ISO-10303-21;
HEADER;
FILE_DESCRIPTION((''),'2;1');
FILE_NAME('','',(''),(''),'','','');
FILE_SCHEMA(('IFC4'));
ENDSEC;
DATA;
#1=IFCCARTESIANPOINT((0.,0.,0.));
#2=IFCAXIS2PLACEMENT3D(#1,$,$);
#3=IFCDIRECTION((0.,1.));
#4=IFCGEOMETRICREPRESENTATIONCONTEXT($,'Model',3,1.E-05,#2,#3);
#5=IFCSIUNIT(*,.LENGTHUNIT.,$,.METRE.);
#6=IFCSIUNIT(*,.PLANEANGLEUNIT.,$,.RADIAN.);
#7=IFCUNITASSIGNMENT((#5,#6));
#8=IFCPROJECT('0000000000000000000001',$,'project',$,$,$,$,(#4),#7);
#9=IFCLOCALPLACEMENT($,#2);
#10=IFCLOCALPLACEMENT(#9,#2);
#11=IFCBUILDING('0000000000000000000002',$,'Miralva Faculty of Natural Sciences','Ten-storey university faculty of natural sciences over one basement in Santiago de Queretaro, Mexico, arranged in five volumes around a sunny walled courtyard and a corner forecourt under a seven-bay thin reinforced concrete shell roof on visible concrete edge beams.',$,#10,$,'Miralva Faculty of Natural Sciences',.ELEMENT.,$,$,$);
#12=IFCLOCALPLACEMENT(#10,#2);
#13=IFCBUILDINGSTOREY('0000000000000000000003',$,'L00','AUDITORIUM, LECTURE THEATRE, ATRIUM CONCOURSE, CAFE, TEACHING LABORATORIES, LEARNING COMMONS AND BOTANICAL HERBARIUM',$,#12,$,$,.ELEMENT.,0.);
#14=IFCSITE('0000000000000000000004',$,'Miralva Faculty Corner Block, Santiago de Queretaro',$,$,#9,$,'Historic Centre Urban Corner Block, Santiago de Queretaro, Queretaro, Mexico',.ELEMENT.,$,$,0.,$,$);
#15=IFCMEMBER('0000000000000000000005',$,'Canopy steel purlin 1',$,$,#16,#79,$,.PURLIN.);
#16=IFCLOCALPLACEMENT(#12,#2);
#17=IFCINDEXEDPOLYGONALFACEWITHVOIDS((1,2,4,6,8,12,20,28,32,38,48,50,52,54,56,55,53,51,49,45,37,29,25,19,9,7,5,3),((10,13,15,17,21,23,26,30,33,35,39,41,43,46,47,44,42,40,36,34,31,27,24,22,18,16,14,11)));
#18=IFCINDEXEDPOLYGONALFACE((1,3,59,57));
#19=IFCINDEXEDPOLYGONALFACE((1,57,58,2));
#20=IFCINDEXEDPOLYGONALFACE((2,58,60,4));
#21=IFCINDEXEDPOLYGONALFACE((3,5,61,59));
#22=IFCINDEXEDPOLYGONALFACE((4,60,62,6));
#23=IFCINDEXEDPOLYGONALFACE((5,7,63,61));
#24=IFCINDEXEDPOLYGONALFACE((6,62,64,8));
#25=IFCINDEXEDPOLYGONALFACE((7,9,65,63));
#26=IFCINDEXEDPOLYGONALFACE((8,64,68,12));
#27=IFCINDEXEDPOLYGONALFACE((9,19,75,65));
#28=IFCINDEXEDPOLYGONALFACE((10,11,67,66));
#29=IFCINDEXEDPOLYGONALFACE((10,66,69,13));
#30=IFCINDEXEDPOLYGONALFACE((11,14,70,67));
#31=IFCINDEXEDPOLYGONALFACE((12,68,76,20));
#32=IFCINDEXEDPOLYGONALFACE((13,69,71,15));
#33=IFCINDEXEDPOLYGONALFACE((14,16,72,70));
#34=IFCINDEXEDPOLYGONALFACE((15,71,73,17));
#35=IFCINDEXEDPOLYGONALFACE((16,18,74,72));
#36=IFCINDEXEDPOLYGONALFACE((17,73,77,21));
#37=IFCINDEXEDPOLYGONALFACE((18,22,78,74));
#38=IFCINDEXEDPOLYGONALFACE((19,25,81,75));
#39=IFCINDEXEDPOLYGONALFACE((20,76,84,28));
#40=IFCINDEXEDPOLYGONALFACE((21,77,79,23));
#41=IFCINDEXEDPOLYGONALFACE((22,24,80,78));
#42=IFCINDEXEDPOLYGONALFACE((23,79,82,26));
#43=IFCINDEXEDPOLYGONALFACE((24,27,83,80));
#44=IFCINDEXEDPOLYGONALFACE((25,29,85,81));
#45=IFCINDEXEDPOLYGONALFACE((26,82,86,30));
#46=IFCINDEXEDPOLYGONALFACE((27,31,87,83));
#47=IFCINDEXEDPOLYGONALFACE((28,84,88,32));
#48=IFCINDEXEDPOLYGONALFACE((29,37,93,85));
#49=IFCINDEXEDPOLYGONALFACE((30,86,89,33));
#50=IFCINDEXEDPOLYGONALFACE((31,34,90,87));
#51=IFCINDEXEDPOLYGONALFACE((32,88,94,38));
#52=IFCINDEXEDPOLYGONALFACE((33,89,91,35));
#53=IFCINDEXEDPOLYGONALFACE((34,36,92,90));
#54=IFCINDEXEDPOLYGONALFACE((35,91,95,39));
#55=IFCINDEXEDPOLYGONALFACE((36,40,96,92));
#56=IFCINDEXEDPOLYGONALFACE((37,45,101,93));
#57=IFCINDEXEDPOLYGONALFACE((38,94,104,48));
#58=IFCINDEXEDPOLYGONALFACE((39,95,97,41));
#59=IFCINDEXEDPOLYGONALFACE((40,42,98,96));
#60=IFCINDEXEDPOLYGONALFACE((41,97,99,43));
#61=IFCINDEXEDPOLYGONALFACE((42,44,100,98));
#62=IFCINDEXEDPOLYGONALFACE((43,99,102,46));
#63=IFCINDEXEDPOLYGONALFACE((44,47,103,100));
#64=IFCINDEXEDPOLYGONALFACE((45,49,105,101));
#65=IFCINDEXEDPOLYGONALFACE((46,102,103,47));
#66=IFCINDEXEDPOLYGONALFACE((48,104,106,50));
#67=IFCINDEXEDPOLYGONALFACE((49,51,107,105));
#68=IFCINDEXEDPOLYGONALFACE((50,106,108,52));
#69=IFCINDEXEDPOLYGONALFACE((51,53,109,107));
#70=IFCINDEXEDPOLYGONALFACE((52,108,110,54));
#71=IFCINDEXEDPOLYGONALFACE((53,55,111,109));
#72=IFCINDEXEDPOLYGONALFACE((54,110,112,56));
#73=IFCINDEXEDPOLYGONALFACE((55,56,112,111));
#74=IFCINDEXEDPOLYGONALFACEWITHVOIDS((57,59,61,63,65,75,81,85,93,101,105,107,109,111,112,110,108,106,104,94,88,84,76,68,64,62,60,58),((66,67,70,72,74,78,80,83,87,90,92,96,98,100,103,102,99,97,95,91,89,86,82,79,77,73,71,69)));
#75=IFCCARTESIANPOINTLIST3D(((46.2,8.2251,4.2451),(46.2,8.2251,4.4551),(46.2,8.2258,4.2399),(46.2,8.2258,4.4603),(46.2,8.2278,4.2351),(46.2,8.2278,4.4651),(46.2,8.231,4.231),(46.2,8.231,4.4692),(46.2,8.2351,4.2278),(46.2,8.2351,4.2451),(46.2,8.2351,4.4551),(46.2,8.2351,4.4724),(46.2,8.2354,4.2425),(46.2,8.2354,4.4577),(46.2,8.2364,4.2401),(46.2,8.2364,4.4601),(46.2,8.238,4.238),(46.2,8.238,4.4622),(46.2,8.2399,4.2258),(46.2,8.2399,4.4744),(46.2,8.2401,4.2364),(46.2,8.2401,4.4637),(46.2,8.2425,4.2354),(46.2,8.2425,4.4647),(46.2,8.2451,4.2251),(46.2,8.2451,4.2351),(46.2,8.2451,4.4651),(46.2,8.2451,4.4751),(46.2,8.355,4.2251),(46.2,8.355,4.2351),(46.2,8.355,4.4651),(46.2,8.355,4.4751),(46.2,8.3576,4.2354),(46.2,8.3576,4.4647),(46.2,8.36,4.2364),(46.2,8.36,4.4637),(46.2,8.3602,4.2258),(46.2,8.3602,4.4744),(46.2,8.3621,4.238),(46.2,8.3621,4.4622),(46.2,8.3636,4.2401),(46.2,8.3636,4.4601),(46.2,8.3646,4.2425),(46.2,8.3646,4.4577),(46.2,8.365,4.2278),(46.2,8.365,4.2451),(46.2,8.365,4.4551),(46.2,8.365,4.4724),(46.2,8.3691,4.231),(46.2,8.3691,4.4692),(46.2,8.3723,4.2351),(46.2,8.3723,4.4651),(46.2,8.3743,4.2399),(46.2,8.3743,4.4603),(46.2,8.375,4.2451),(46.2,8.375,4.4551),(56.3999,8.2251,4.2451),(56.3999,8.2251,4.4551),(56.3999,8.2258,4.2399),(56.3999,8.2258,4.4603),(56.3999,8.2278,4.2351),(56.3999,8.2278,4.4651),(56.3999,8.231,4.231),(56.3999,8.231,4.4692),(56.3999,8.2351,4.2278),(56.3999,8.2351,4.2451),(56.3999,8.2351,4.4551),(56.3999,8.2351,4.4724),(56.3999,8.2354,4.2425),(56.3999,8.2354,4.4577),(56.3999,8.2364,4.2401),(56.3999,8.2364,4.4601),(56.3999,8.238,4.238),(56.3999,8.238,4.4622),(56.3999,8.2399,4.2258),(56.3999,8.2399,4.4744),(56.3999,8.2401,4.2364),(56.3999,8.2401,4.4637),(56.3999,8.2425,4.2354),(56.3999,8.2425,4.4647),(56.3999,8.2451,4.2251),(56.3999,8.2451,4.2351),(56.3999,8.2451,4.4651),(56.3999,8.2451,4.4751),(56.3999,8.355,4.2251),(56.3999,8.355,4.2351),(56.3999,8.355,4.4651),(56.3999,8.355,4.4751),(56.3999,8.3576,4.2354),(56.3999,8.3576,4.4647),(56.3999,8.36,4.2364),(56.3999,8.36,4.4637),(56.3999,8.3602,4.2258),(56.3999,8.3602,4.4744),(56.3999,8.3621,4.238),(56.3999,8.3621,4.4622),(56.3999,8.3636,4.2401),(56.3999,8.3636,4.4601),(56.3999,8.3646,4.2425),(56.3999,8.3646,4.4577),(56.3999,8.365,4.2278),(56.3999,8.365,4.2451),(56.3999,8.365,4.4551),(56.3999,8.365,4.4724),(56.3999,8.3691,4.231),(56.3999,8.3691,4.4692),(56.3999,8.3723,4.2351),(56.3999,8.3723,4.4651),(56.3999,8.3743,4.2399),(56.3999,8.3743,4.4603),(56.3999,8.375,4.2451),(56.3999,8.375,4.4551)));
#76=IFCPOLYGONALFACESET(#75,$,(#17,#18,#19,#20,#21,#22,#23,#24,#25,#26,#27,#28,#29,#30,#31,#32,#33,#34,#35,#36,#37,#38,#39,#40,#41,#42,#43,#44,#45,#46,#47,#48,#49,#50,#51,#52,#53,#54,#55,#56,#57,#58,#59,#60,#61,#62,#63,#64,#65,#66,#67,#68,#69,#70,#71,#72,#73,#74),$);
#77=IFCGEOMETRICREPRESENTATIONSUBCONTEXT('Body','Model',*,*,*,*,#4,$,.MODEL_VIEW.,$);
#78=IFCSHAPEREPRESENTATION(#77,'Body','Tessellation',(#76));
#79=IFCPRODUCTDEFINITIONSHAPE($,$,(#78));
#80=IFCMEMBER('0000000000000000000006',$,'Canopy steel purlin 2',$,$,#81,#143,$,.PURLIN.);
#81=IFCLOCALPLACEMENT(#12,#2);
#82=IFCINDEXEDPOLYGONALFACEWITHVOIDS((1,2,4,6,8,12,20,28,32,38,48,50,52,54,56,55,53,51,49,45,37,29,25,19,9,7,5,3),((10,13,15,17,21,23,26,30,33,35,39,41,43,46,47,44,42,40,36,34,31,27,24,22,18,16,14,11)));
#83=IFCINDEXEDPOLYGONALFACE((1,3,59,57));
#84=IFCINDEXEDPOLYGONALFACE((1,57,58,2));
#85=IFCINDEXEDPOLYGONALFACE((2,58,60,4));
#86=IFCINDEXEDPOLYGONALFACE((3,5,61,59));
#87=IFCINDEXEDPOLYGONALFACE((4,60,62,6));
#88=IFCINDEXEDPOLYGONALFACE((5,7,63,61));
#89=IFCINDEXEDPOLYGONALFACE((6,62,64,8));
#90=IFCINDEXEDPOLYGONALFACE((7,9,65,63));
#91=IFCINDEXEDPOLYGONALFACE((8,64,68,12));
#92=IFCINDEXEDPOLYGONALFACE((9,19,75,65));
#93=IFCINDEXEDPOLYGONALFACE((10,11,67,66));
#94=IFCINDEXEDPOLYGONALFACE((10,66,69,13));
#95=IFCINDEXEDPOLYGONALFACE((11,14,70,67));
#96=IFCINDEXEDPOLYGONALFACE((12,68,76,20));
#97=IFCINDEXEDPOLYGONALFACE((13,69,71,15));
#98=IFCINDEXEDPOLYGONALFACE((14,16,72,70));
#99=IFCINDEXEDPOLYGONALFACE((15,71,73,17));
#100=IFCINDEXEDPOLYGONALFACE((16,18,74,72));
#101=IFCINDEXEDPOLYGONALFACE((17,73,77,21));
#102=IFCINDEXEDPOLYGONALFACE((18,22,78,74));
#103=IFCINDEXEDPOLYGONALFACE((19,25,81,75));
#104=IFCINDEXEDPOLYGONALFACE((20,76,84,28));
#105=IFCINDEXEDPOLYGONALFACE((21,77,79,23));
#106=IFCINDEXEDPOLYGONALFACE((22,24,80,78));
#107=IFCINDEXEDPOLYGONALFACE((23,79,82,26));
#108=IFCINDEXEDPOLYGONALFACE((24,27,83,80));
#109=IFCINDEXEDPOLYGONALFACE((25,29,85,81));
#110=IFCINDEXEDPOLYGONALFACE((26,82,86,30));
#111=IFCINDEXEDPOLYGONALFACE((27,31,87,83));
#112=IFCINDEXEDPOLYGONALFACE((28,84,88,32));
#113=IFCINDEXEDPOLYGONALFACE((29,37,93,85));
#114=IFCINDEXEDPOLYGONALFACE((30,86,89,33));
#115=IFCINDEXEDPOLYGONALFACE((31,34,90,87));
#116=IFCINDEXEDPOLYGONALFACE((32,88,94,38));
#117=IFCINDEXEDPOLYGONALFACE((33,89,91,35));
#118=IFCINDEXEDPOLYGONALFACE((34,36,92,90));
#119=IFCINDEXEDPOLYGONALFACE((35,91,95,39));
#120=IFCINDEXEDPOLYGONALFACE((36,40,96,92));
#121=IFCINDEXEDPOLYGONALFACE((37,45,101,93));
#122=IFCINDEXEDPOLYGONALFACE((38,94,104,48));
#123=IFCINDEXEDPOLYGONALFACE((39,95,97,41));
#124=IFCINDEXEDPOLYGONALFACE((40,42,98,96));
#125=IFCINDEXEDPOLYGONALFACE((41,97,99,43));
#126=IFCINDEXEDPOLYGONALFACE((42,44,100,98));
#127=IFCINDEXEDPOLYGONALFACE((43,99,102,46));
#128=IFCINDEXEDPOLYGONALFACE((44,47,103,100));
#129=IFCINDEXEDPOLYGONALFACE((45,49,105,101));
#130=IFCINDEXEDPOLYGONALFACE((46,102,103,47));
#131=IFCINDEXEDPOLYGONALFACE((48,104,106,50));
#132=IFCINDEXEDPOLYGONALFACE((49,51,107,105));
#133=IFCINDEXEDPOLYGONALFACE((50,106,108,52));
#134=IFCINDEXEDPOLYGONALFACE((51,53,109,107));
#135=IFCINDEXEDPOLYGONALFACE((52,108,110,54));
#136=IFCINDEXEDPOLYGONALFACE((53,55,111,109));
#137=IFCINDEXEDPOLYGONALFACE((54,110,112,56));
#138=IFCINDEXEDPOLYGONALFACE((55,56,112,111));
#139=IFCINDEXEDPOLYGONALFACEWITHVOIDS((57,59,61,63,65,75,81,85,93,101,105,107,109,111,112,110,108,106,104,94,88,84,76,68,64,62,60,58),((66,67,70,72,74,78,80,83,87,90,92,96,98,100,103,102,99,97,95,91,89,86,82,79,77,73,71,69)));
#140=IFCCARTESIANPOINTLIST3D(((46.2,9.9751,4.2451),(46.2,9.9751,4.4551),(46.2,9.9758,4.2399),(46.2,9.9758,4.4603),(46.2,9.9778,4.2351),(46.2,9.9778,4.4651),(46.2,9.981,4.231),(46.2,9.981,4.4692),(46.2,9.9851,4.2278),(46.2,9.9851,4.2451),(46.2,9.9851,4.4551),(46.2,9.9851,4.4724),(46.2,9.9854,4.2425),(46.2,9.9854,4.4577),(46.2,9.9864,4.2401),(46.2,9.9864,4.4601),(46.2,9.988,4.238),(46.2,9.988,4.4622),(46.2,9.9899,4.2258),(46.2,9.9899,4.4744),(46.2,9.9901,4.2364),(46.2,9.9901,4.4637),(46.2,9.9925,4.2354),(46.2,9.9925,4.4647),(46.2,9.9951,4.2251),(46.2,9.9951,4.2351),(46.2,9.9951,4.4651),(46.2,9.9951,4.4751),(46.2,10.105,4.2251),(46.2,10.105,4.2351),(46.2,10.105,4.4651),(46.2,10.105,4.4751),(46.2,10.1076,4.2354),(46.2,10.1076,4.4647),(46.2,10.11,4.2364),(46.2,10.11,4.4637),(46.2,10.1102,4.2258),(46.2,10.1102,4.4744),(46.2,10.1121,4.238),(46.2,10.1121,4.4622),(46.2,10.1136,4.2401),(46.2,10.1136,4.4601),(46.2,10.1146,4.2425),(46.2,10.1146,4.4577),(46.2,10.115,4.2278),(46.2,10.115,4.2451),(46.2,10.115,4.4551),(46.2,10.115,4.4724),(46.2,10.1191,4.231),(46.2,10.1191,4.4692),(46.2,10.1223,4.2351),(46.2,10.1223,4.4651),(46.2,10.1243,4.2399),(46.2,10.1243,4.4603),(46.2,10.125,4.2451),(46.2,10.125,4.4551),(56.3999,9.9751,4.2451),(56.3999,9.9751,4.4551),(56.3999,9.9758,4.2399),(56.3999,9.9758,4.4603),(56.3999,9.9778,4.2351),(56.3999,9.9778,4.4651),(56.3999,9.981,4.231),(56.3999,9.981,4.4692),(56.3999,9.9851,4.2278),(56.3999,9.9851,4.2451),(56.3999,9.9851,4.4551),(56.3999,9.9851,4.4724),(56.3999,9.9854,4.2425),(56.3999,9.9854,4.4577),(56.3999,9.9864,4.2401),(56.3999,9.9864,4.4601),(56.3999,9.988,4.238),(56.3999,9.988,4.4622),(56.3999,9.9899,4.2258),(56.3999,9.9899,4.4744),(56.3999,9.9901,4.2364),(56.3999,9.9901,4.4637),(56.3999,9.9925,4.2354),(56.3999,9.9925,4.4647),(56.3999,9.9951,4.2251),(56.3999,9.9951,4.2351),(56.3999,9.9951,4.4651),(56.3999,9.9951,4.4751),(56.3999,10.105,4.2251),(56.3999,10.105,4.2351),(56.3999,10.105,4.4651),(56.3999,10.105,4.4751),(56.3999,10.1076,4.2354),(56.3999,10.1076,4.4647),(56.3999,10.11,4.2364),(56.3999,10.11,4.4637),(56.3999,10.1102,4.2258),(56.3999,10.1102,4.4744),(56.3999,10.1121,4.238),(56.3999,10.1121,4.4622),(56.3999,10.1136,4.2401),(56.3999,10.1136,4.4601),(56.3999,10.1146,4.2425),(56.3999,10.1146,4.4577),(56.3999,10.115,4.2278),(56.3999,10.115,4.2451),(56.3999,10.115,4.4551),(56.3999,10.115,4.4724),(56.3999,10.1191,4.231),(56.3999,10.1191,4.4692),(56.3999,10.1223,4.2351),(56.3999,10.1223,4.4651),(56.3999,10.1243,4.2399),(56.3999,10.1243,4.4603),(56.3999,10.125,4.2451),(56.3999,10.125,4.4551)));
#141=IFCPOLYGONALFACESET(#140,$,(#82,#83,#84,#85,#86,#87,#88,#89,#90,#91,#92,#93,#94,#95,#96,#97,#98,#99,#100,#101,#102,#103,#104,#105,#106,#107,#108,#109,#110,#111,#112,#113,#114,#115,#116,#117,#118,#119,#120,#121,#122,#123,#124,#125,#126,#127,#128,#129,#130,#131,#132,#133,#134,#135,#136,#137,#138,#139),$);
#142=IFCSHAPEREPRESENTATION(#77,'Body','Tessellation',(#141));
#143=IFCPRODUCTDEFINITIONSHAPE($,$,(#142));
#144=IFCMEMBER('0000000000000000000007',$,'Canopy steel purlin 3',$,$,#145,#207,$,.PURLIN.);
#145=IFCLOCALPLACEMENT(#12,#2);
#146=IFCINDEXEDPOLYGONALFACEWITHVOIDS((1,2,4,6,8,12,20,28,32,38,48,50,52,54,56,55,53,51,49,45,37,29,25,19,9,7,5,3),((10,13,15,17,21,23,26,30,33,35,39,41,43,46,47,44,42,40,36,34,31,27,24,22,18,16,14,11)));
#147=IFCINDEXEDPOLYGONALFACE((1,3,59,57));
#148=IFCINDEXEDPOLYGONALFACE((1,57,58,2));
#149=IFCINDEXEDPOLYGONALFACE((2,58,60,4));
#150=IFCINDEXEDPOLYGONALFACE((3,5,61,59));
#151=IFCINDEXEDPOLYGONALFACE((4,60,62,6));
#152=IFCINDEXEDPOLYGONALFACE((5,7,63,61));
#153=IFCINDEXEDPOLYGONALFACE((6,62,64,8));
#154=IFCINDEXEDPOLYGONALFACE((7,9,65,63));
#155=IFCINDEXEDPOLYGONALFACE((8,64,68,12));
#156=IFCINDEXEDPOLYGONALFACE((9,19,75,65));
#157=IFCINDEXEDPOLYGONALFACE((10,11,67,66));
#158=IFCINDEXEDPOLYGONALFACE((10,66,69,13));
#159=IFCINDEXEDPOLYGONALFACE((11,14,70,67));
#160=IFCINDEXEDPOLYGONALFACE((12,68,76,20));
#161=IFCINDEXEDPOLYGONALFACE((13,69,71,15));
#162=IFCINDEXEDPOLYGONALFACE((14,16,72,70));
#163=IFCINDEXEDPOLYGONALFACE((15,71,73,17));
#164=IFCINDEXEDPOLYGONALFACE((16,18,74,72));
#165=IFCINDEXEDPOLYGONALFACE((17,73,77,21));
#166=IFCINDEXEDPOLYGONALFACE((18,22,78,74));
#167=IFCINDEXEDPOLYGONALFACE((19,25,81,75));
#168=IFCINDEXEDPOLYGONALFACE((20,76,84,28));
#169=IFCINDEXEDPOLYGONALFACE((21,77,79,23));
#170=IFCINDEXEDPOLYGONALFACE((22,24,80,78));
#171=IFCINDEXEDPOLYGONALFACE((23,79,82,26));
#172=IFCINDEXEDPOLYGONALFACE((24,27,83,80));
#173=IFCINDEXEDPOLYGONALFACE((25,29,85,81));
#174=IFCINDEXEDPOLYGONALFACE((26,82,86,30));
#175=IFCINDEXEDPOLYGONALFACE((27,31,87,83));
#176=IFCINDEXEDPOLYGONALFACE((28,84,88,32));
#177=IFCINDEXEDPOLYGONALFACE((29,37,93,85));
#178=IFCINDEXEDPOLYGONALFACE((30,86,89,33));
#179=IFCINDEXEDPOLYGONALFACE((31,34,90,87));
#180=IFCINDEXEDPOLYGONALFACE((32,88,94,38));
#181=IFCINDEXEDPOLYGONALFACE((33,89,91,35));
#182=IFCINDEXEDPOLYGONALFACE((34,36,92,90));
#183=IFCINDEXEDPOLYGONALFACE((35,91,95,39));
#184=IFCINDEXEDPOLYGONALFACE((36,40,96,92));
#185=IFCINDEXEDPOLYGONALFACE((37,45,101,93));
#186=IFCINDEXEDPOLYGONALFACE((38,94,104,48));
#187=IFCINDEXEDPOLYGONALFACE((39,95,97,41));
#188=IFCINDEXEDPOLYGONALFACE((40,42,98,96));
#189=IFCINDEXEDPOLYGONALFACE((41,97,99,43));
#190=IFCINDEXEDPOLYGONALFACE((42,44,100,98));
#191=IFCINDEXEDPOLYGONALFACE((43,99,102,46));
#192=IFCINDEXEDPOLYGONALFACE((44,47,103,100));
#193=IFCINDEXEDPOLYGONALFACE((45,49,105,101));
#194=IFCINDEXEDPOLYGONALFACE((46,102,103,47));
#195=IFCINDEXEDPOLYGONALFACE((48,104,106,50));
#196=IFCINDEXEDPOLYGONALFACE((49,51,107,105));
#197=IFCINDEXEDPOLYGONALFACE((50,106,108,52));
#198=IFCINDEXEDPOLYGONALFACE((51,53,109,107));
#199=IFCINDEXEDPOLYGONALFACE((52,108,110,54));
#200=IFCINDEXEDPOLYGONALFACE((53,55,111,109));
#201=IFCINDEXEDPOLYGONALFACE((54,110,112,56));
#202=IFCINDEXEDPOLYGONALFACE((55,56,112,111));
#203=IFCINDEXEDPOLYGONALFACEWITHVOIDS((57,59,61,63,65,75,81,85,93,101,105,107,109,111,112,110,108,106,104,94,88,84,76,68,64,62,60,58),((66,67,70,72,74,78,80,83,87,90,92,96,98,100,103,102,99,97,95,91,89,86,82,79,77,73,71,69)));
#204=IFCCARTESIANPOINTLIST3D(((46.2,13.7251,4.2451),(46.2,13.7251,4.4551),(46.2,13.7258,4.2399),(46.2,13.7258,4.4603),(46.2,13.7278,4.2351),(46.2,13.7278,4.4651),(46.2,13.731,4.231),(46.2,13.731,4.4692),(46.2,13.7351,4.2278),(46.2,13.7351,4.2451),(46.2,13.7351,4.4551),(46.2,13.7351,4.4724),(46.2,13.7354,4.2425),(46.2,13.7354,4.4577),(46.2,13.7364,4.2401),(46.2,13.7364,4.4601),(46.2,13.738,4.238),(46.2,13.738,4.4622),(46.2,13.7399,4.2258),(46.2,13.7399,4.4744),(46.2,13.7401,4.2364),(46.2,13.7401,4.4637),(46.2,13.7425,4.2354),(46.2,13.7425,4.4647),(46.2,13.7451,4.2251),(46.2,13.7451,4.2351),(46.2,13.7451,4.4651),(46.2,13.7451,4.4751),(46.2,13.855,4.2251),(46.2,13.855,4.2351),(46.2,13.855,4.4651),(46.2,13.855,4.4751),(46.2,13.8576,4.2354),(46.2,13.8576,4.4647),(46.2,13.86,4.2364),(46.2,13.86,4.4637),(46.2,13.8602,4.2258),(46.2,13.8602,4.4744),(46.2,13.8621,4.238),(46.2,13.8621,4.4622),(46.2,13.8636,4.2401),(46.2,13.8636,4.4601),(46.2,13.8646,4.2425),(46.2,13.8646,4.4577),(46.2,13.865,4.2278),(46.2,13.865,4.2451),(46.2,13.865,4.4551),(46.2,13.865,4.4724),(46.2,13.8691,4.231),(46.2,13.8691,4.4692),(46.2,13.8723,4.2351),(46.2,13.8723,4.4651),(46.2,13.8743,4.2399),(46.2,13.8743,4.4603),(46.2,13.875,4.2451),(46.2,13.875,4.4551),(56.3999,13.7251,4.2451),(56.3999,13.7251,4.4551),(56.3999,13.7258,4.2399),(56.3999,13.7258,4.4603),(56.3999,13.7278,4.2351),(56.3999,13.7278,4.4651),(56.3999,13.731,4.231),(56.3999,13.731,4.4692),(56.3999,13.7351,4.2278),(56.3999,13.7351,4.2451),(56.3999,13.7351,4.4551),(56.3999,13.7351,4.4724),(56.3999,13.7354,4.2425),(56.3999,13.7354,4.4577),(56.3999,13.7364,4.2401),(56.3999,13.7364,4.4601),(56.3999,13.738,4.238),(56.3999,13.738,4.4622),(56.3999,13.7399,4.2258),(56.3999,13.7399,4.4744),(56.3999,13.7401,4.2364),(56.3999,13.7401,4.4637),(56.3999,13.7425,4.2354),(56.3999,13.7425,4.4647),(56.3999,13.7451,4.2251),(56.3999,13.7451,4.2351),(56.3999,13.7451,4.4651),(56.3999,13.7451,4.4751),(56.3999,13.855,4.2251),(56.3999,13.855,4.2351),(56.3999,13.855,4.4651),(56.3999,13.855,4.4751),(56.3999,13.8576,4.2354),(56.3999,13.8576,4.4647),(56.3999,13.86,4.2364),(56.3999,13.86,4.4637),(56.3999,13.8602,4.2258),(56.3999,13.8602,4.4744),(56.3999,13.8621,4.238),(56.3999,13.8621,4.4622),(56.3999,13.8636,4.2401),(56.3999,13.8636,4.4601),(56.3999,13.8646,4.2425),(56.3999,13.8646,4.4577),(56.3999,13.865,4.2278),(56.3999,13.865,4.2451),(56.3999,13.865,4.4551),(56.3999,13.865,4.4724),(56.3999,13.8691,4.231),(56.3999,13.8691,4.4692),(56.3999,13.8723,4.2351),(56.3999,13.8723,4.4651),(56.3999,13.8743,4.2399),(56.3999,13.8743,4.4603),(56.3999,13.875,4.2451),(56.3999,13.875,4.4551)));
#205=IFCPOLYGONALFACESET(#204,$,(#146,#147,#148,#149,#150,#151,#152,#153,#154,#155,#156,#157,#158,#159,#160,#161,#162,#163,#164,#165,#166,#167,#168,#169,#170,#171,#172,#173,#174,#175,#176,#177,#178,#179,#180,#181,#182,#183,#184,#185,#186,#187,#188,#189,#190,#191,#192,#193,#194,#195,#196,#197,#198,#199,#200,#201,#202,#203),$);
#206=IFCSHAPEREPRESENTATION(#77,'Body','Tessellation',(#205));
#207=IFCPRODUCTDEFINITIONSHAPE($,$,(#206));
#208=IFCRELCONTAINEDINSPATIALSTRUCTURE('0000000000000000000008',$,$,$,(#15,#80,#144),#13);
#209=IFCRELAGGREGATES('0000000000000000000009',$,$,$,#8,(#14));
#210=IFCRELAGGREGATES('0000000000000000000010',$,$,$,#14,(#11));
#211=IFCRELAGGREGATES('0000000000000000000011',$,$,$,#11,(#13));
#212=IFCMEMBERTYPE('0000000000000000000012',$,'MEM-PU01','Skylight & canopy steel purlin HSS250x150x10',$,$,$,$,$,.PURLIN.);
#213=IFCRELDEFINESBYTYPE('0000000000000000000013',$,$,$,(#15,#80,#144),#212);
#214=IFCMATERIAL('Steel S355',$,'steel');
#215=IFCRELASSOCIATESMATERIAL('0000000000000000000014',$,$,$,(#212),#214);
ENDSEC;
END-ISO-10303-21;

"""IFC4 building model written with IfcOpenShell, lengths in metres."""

from ifc_helpers import new_model, si_unit, direction, frame, origin, origin_2d, place, context, subcontext, project, spatial, hollow_rectangle, extrude, material, material_profile, profile_set, type_object, element, save


model = new_model("IFC4")

# Units and contexts
model_context = context("Model", 3, precision=1e-05, world=origin(), true_north=direction((0.0, 1.0)))
body_context = subcontext(model_context, "Body", "Model", "MODEL_VIEW")
ifc_project = project(units=[si_unit("LENGTHUNIT", "METRE"), si_unit("PLANEANGLEUNIT", "RADIAN")], contexts=[model_context])

# Site, building, storey
site_placement = place(None, origin())
site = spatial("IfcSite", under=ifc_project, at=site_placement, Name="Miralva Faculty Corner Block, Santiago de Queretaro", LongName="Historic Centre Urban Corner Block, Santiago de Queretaro, Queretaro, Mexico", CompositionType="ELEMENT", RefElevation=0.0)
building_placement = place(site_placement, origin())
building = spatial("IfcBuilding", under=site, at=building_placement, Name="Miralva Faculty of Natural Sciences", Description="Ten-storey university faculty of natural sciences over one basement in Santiago de Queretaro, Mexico, arranged in five volumes around a sunny walled courtyard and a corner forecourt under a seven-bay thin reinforced concrete shell roof on visible concrete edge beams.", LongName="Miralva Faculty of Natural Sciences", CompositionType="ELEMENT")
storey_placement = place(building_placement, origin())
storey = spatial("IfcBuildingStorey", under=building, at=storey_placement, Name="L00", Description="AUDITORIUM, LECTURE THEATRE, ATRIUM CONCOURSE, CAFE, TEACHING LABORATORIES, LEARNING COMMONS AND BOTANICAL HERBARIUM", CompositionType="ELEMENT", Elevation=0.0)

# Shared definitions
ifc_material_1 = material(Name="Steel S355", Category="steel")

# Members
ifc_material_profile_1 = material_profile(ifc_material_1, hollow_rectangle(XDim=0.1499, YDim=0.25, WallThickness=0.01, InnerFilletRadius=0.01, OuterFilletRadius=0.02, at=origin_2d()), Name="HSS 250x150x10")
ifc_profile_set_1 = profile_set([ifc_material_profile_1], Name="Steel S355")
member_type_1 = type_object("IfcMemberType", Name="MEM-PU01", Description="Skylight & canopy steel purlin HSS250x150x10", PredefinedType="PURLIN", material=ifc_profile_set_1)
for number, where, z_axis, x_axis, name in (
    (1, (46.2, 8.3, 4.3501), (1.0, 0.0, 0.0), (0.0, 1.0, 0.0), "Canopy steel purlin 1"),
    (2, (46.2, 10.05, 4.3501), (1.0, 0.0, 0.0), (0.0, 1.0, 0.0), "Canopy steel purlin 2"),
    (3, (46.2, 13.8, 4.3501), (1.0, 0.0, 0.0), (0.0, 1.0, 0.0), "Canopy steel purlin 3"),
):
    element("IfcMember", number, at=place(storey_placement, frame(where, z_axis=z_axis, x_axis=x_axis)), inside=storey, type_object=member_type_1, Name=name, PredefinedType="PURLIN", context=body_context, shape_type="SweptSolid", body=[
        extrude(hollow_rectangle(XDim=0.1499, YDim=0.25, WallThickness=0.01, InnerFilletRadius=0.01, OuterFilletRadius=0.02, at=origin_2d()), origin(), (0.0, 0.0, 1.0), 10.2),
    ])

save(model, "model.ifc")
